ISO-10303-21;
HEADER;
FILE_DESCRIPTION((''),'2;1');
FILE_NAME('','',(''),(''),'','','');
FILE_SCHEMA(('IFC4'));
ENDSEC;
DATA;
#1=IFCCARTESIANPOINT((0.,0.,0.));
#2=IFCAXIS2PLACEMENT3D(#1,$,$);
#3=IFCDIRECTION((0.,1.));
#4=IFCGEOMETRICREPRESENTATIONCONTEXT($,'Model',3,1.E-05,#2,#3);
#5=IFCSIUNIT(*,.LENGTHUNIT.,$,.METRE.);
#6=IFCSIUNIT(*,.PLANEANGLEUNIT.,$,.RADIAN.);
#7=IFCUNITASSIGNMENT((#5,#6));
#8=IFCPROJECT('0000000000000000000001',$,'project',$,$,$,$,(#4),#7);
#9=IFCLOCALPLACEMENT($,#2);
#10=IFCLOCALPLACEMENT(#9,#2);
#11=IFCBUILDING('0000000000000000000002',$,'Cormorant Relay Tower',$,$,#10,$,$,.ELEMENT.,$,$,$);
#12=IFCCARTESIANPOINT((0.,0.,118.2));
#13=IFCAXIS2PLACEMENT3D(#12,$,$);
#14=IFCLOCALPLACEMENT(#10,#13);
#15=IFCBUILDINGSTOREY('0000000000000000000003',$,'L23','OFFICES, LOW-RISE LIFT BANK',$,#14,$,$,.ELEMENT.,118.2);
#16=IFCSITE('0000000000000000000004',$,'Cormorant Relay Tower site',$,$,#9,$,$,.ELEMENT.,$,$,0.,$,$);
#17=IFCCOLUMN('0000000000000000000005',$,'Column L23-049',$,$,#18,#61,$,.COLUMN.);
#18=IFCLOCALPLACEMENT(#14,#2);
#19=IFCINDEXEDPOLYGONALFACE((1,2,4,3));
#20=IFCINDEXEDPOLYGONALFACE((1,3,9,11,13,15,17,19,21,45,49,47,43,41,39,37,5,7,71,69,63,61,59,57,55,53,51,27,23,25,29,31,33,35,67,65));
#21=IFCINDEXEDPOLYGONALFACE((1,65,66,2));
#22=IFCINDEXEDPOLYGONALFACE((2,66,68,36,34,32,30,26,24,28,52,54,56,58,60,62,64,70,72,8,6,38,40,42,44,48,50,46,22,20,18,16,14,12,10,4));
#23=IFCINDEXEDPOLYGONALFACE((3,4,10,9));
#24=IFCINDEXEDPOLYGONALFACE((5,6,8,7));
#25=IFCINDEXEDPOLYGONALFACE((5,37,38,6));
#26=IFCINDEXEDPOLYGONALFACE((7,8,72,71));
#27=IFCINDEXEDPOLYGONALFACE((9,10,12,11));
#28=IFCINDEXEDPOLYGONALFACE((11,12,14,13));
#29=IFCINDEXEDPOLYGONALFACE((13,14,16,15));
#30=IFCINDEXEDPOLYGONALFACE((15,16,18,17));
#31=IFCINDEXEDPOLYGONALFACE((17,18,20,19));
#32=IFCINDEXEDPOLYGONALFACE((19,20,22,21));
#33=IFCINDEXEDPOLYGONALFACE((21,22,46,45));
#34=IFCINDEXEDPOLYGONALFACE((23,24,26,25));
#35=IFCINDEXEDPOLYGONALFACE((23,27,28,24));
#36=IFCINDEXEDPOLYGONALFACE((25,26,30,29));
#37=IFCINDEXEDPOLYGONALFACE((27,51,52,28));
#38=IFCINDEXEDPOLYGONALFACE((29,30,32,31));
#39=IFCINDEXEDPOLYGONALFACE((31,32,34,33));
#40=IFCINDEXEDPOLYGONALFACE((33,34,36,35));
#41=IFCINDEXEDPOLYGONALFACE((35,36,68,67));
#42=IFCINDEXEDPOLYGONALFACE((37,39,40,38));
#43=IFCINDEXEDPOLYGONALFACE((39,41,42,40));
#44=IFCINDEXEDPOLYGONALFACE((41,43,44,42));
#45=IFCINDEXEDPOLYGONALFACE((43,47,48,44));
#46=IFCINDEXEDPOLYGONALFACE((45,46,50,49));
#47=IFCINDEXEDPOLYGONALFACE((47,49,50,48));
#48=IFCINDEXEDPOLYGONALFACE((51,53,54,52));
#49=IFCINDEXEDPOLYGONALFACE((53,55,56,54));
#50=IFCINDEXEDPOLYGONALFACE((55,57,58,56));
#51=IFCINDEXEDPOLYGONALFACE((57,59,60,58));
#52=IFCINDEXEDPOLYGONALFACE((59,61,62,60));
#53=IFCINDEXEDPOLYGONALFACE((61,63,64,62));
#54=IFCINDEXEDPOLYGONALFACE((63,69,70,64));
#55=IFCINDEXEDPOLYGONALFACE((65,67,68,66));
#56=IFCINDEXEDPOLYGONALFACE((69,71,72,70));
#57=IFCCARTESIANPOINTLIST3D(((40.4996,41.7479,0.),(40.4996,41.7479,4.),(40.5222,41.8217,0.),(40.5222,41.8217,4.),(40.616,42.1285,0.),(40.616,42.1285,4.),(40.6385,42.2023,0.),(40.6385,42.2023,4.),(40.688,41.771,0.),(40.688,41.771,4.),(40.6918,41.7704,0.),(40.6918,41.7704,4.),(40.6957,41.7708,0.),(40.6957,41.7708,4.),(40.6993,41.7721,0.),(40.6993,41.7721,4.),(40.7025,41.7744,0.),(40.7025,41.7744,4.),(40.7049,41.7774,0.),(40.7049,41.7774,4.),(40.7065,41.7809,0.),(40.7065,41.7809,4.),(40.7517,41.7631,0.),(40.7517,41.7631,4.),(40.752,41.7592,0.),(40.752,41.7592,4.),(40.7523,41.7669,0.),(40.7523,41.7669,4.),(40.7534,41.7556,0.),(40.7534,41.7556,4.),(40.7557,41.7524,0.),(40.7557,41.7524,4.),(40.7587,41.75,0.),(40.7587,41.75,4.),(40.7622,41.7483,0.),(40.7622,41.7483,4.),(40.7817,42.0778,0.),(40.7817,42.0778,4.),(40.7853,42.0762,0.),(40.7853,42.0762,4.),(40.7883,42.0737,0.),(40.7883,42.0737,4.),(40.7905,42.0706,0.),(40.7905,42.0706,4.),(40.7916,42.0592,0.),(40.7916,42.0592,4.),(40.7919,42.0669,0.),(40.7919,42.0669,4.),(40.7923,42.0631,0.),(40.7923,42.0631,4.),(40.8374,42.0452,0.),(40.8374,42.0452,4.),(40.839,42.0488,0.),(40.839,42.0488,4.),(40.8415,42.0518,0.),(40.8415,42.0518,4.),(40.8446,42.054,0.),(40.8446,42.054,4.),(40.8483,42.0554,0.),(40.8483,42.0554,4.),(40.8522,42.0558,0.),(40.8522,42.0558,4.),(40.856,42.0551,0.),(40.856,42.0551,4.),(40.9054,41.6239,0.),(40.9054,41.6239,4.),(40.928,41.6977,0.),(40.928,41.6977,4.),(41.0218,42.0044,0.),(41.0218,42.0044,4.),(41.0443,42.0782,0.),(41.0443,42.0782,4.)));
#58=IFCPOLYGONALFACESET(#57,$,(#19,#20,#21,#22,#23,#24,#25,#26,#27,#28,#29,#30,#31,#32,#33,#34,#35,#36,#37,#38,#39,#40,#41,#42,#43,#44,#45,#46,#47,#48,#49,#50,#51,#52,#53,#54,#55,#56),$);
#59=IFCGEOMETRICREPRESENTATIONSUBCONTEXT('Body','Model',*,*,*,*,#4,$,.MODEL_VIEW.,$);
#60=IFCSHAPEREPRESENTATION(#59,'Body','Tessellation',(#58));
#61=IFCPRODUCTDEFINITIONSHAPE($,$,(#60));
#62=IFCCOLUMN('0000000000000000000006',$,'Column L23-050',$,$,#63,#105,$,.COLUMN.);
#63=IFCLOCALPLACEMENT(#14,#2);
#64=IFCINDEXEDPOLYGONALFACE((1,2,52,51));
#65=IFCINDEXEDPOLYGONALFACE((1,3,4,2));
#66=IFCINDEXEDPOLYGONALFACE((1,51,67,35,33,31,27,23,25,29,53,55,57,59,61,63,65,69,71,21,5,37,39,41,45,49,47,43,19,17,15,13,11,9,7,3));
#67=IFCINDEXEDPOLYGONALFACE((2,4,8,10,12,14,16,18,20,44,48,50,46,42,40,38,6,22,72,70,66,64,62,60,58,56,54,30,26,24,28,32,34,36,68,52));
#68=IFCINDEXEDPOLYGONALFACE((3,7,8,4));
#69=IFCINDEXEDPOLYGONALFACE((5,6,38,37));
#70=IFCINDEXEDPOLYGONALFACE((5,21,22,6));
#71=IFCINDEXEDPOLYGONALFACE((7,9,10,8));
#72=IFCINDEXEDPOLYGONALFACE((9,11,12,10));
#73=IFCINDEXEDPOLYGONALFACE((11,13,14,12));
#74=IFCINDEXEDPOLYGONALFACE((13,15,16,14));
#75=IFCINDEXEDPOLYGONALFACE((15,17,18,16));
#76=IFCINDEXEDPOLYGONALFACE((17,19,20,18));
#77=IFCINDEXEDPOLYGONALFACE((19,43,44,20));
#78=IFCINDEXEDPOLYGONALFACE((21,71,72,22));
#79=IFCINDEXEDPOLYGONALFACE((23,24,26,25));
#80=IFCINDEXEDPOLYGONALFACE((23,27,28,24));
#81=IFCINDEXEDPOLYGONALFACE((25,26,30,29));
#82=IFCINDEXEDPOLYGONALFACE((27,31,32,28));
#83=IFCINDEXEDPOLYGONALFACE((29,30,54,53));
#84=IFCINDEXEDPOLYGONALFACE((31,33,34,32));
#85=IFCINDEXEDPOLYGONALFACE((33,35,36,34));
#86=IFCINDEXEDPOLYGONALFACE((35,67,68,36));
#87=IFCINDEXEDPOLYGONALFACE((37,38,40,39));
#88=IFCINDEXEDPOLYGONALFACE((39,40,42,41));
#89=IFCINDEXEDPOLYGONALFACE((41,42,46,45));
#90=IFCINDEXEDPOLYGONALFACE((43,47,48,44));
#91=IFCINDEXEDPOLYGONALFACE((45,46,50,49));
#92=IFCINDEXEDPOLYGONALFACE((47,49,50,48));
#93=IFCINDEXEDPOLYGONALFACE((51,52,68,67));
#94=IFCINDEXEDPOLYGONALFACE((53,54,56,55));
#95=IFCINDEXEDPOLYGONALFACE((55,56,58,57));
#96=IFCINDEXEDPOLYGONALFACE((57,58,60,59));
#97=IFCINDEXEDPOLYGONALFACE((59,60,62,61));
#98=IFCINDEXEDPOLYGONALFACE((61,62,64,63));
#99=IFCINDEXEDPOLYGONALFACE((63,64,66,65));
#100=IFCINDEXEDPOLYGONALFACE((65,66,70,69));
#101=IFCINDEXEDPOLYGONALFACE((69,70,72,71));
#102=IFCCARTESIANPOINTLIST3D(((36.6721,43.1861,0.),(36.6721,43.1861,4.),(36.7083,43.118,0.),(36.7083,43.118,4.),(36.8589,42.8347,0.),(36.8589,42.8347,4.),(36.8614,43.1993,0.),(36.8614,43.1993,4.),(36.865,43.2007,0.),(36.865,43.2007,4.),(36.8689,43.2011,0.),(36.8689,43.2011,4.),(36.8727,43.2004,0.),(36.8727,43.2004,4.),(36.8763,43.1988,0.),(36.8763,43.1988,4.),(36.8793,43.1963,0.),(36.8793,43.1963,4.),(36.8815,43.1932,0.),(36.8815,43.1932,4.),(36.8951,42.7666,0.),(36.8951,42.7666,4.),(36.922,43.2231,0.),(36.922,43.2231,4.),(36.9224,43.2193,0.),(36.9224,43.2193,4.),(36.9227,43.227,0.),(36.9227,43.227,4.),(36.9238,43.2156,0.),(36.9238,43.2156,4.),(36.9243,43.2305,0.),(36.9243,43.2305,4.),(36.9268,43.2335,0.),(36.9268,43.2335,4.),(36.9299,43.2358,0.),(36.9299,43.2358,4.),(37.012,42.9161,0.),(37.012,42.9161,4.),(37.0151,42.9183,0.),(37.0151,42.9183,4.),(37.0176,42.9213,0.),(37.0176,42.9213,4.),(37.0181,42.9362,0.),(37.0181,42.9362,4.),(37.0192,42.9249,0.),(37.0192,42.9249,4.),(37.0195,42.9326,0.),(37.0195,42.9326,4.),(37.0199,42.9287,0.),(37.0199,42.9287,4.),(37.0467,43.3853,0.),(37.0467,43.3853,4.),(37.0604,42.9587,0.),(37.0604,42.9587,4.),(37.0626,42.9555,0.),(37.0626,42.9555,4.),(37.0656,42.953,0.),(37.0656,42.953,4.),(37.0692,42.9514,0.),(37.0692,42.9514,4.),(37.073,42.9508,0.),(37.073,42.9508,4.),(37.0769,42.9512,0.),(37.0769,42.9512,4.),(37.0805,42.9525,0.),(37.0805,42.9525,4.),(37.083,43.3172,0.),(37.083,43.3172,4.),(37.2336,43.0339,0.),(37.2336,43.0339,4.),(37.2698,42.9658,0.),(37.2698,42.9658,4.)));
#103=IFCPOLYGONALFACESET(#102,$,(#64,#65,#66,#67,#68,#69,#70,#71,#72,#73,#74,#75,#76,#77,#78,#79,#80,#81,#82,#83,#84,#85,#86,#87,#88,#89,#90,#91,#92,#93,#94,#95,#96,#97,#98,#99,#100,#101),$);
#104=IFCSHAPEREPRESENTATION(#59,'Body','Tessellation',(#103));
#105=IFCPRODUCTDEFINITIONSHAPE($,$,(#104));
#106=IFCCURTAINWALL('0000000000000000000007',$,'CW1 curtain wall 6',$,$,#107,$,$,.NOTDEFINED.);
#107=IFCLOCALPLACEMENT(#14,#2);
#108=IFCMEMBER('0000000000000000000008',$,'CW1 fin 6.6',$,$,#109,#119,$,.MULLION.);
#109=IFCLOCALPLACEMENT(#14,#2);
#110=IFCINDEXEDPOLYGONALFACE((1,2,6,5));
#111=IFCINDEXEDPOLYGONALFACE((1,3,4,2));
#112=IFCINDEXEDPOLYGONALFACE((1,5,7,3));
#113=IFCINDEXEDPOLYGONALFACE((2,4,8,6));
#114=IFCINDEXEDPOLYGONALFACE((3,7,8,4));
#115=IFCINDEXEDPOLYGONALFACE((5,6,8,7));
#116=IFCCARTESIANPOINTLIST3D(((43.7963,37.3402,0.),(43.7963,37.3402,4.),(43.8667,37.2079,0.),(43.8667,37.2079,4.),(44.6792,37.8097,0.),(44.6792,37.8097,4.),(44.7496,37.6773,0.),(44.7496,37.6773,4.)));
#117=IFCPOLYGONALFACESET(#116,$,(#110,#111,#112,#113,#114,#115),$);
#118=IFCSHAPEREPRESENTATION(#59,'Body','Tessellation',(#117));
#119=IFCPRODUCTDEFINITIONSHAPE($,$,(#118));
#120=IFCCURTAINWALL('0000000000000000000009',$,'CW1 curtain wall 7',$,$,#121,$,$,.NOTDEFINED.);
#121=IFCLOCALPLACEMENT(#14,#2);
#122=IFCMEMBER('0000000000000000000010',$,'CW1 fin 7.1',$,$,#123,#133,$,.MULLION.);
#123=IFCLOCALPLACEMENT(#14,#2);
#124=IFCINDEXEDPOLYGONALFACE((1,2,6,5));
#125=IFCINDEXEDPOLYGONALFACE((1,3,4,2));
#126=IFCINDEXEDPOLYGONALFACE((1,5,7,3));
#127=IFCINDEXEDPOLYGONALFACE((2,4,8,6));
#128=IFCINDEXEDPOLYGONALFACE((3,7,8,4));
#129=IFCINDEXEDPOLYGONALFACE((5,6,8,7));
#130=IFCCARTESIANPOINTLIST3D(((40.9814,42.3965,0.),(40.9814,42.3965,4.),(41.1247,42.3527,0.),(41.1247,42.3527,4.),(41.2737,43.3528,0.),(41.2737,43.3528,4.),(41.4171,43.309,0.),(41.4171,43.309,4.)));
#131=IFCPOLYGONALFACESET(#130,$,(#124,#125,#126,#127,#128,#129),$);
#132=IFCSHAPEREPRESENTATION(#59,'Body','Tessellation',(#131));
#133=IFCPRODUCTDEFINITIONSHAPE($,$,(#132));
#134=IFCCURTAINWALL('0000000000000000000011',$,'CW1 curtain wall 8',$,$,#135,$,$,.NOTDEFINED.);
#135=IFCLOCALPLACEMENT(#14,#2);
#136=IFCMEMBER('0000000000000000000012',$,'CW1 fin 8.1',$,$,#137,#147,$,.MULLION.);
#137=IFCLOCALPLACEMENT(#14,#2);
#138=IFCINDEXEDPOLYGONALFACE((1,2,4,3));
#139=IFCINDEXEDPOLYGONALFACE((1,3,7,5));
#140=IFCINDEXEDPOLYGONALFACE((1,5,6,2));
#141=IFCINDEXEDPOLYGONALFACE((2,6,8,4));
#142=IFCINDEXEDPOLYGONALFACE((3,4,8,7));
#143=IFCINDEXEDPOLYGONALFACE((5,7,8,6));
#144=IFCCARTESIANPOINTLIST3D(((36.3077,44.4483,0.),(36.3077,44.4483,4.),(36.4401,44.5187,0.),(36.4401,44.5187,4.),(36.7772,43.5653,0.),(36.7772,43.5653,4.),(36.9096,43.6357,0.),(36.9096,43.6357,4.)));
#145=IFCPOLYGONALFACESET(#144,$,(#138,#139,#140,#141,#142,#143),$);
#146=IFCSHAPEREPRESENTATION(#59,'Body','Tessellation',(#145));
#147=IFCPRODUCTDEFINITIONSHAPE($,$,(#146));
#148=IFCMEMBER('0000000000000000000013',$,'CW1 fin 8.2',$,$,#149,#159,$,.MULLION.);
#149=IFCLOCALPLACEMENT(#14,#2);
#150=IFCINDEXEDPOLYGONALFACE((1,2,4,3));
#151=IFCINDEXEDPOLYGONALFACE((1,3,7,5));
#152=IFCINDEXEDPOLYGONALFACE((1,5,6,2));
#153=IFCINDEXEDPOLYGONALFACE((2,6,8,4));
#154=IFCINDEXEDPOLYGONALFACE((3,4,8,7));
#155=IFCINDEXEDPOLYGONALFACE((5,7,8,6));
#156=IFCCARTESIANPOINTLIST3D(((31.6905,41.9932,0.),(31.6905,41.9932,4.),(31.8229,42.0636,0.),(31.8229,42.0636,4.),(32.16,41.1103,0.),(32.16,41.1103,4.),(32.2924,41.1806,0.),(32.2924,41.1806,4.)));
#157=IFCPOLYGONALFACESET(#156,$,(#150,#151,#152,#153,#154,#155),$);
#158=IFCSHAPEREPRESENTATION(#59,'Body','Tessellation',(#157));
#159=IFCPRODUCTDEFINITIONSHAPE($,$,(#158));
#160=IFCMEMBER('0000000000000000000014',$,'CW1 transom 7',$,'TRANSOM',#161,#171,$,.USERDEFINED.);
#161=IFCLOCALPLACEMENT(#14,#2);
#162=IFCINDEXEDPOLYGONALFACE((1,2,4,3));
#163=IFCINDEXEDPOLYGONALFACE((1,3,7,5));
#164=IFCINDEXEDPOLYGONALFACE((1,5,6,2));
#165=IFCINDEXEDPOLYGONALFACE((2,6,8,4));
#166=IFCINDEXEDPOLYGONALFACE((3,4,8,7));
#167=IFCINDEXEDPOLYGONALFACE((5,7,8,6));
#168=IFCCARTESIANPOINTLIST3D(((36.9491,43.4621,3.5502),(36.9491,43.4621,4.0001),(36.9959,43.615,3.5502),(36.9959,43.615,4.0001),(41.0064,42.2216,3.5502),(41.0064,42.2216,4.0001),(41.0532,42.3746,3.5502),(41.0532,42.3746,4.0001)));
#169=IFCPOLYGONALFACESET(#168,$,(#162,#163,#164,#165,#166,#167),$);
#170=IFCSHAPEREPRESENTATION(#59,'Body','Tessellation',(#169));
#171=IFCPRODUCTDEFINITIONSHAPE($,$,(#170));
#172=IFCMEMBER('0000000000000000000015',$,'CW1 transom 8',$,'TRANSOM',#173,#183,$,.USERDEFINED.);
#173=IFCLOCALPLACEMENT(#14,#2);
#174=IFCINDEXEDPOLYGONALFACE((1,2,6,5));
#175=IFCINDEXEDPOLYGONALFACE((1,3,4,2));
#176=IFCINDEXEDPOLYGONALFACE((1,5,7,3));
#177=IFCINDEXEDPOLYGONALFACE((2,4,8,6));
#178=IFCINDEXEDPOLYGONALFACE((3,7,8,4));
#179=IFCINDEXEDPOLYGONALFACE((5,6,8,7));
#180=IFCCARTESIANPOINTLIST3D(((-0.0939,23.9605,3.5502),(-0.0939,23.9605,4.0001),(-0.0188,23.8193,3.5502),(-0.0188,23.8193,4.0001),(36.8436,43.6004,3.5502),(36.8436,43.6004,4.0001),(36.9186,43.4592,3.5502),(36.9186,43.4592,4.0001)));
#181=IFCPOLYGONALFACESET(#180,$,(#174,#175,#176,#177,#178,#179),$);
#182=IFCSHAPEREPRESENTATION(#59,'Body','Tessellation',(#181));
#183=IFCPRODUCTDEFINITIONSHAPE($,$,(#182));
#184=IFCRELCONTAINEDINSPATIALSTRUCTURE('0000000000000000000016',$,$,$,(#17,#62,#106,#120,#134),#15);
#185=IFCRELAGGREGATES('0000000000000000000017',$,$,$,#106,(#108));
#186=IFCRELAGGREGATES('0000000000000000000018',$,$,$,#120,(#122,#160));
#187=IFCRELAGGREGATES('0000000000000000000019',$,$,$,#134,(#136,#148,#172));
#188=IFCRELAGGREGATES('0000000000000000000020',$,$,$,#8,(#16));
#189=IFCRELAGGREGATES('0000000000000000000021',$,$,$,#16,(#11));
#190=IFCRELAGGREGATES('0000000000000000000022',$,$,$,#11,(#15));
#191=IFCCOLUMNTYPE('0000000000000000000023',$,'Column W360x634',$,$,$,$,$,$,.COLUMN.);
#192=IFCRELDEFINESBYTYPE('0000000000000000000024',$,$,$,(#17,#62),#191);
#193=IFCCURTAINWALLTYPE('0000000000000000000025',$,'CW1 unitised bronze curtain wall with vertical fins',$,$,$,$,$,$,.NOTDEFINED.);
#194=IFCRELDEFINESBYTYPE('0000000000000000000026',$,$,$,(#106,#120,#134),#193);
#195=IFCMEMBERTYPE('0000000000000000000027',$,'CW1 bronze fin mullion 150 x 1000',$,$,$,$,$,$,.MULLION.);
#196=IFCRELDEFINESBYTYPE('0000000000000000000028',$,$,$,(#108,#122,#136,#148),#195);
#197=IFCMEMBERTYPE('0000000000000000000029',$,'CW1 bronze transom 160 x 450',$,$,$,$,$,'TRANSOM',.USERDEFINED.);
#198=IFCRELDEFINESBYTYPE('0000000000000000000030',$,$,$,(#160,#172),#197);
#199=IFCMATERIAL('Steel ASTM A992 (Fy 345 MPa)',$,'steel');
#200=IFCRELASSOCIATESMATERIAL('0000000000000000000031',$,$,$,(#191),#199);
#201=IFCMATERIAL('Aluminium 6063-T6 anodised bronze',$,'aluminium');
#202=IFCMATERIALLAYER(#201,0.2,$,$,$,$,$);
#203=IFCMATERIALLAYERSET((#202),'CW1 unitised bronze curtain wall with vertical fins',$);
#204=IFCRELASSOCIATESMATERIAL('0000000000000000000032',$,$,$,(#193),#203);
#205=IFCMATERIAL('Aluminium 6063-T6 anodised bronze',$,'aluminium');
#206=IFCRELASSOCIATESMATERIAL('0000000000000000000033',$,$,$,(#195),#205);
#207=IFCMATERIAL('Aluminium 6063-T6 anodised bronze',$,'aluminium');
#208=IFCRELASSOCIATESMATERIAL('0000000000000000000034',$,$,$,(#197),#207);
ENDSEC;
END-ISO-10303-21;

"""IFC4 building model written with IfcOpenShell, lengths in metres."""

from ifc_helpers import new_model, si_unit, direction, frame, origin, origin_2d, place, context, subcontext, project, spatial, rectangle, i_section, extrude, material, layer, layer_set, material_profile, profile_set, type_object, element, aggregate, save


model = new_model("IFC4")

# Units and contexts
model_context = context("Model", 3, precision=1e-05, world=origin(), true_north=direction((0.0, 1.0)))
body_context = subcontext(model_context, "Body", "Model", "MODEL_VIEW")
ifc_project = project(units=[si_unit("LENGTHUNIT", "METRE"), si_unit("PLANEANGLEUNIT", "RADIAN")], contexts=[model_context])

# Site, building, storey
site_placement = place(None, origin())
site = spatial("IfcSite", under=ifc_project, at=site_placement, Name="Cormorant Relay Tower site", CompositionType="ELEMENT", RefElevation=0.0)
building_placement = place(site_placement, origin())
building = spatial("IfcBuilding", under=site, at=building_placement, Name="Cormorant Relay Tower", CompositionType="ELEMENT")
storey_placement = place(building_placement, frame((0.0, 0.0, 118.2)))
storey = spatial("IfcBuildingStorey", under=building, at=storey_placement, Name="L23", Description="OFFICES, LOW-RISE LIFT BANK", CompositionType="ELEMENT", Elevation=118.2)

# Columns
ifc_material_1 = material(Name="Steel ASTM A992 (Fy 345 MPa)", Category="steel")
ifc_material_profile_1 = material_profile(ifc_material_1, i_section(OverallWidth=0.4243, OverallDepth=0.4751, WebThickness=0.0479, FlangeThickness=0.0771, FilletRadius=0.0149, at=origin_2d()), Name="W360x634")
ifc_profile_set_1 = profile_set([ifc_material_profile_1], Name="Steel ASTM A992 (Fy 345 MPa)")
column_type_1 = type_object("IfcColumnType", Name="Column W360x634", PredefinedType="COLUMN", material=ifc_profile_set_1)
for number, where, z_axis, x_axis, name in (
    (1, (40.772, 41.9131, 0.0), (0.0, 0.0, 1.0), (-0.956305, 0.292372, 0.0), "Column L23-049"),
    (2, (36.9709, 43.0759, 0.0), (0.0, 0.0, 1.0), (-0.882948, -0.469472, 0.0), "Column L23-050"),
):
    element("IfcColumn", number, at=place(storey_placement, frame(where, z_axis=z_axis, x_axis=x_axis)), inside=storey, type_object=column_type_1, Name=name, PredefinedType="COLUMN", context=body_context, shape_type="SweptSolid", body=[
        extrude(i_section(OverallWidth=0.4243, OverallDepth=0.4751, WebThickness=0.0479, FlangeThickness=0.0771, FilletRadius=0.0149, at=origin_2d()), origin(), (0.0, 0.0, 1.0), 4.0),
    ])

# Curtain walls, members
ifc_material_2 = material(Name="Aluminium 6063-T6 anodised bronze", Category="aluminium")
ifc_layer_1 = layer(ifc_material_2, 0.2)
ifc_layer_set_1 = layer_set([ifc_layer_1], Name="CW1 unitised bronze curtain wall with vertical fins")
curtain_wall_type = type_object("IfcCurtainWallType", Name="CW1 unitised bronze curtain wall with vertical fins", PredefinedType="NOTDEFINED", material=ifc_layer_set_1)
curtain_wall_1_placement = place(storey_placement, origin())
curtain_wall_1 = element("IfcCurtainWall", 3, at=curtain_wall_1_placement, inside=storey, type_object=curtain_wall_type, Name="CW1 curtain wall 6", PredefinedType="NOTDEFINED")
ifc_material_3 = material(Name="Aluminium 6063-T6 anodised bronze", Category="aluminium")
ifc_material_profile_2 = material_profile(ifc_material_3, rectangle(XDim=0.1499, YDim=1.0, at=origin_2d()), Name="AL 150x1000")
ifc_profile_set_2 = profile_set([ifc_material_profile_2], Name="Aluminium 6063-T6 anodised bronze")
member_type_1 = type_object("IfcMemberType", Name="CW1 bronze fin mullion 150 x 1000", PredefinedType="MULLION", material=ifc_profile_set_2)
member_1_placement = place(storey_placement, frame((44.2729, 37.5088, 0.0), z_axis=(0.0, 0.0, 1.0), x_axis=(-0.469472, 0.882948, 0.0)))
member_1 = element("IfcMember", 4, at=member_1_placement, type_object=member_type_1, Name="CW1 fin 6.6", PredefinedType="MULLION", context=body_context, shape_type="SweptSolid", body=[
    extrude(rectangle(XDim=0.1499, YDim=1.0, at=origin_2d()), origin(), (0.0, 0.0, 1.0), 4.0),
])
curtain_wall_2_placement = place(storey_placement, origin())
curtain_wall_2 = element("IfcCurtainWall", 5, at=curtain_wall_2_placement, inside=storey, type_object=curtain_wall_type, Name="CW1 curtain wall 7", PredefinedType="NOTDEFINED")
member_2_placement = place(storey_placement, frame((41.1992, 42.8528, 0.0), z_axis=(0.0, 0.0, 1.0), x_axis=(-0.956305, 0.292372, 0.0)))
member_2 = element("IfcMember", 6, at=member_2_placement, type_object=member_type_1, Name="CW1 fin 7.1", PredefinedType="MULLION", context=body_context, shape_type="SweptSolid", body=[
    extrude(rectangle(XDim=0.1499, YDim=1.0, at=origin_2d()), origin(), (0.0, 0.0, 1.0), 4.0),
])

# Curtain wall, members
curtain_wall_3_placement = place(storey_placement, origin())
curtain_wall_3 = element("IfcCurtainWall", 7, at=curtain_wall_3_placement, inside=storey, type_object=curtain_wall_type, Name="CW1 curtain wall 8", PredefinedType="NOTDEFINED")
member_3_placement = place(storey_placement, frame((36.6086, 44.042, 0.0), z_axis=(0.0, 0.0, 1.0), x_axis=(-0.882948, -0.469472, 0.0)))
member_3 = element("IfcMember", 8, at=member_3_placement, type_object=member_type_1, Name="CW1 fin 8.1", PredefinedType="MULLION", context=body_context, shape_type="SweptSolid", body=[
    extrude(rectangle(XDim=0.1499, YDim=1.0, at=origin_2d()), origin(), (0.0, 0.0, 1.0), 4.0),
])
member_4_placement = place(storey_placement, frame((31.9915, 41.5869, 0.0), z_axis=(0.0, 0.0, 1.0), x_axis=(-0.882948, -0.469472, 0.0)))
member_4 = element("IfcMember", 9, at=member_4_placement, type_object=member_type_1, Name="CW1 fin 8.2", PredefinedType="MULLION", context=body_context, shape_type="SweptSolid", body=[
    extrude(rectangle(XDim=0.1499, YDim=1.0, at=origin_2d()), origin(), (0.0, 0.0, 1.0), 4.0),
])

# Members
ifc_material_4 = material(Name="Aluminium 6063-T6 anodised bronze", Category="aluminium")
ifc_material_profile_3 = material_profile(ifc_material_4, rectangle(XDim=0.1599, YDim=0.45, at=origin_2d()), Name="AL 160x450")
ifc_profile_set_3 = profile_set([ifc_material_profile_3], Name="Aluminium 6063-T6 anodised bronze")
member_type_2 = type_object("IfcMemberType", Name="CW1 bronze transom 160 x 450", ElementType="TRANSOM", PredefinedType="USERDEFINED", material=ifc_profile_set_3)
member_5_placement = place(storey_placement, frame((41.0298, 42.2981, 3.7751), z_axis=(-0.956304, 0.292375, 0.0), x_axis=(-0.292375, -0.956304, 0.0)))
member_5 = element("IfcMember", 10, at=member_5_placement, type_object=member_type_2, Name="CW1 transom 7", ObjectType="TRANSOM", PredefinedType="USERDEFINED", context=body_context, shape_type="SweptSolid", body=[
    extrude(rectangle(XDim=0.1599, YDim=0.45, at=origin_2d()), origin(), (0.0, 0.0, 1.0), 4.2427),
])
member_6_placement = place(storey_placement, frame((36.8811, 43.5298, 3.7751), z_axis=(-0.882949, -0.469469, 0.0), x_axis=(0.469469, -0.882949, 0.0)))
member_6 = element("IfcMember", 11, at=member_6_placement, type_object=member_type_2, Name="CW1 transom 8", ObjectType="TRANSOM", PredefinedType="USERDEFINED", context=body_context, shape_type="SweptSolid", body=[
    extrude(rectangle(XDim=0.1599, YDim=0.45, at=origin_2d()), origin(), (0.0, 0.0, 1.0), 41.8342),
])

aggregate(curtain_wall_1, [member_1])
aggregate(curtain_wall_2, [member_2, member_5])
aggregate(curtain_wall_3, [member_3, member_4, member_6])

save(model, "model.ifc")
